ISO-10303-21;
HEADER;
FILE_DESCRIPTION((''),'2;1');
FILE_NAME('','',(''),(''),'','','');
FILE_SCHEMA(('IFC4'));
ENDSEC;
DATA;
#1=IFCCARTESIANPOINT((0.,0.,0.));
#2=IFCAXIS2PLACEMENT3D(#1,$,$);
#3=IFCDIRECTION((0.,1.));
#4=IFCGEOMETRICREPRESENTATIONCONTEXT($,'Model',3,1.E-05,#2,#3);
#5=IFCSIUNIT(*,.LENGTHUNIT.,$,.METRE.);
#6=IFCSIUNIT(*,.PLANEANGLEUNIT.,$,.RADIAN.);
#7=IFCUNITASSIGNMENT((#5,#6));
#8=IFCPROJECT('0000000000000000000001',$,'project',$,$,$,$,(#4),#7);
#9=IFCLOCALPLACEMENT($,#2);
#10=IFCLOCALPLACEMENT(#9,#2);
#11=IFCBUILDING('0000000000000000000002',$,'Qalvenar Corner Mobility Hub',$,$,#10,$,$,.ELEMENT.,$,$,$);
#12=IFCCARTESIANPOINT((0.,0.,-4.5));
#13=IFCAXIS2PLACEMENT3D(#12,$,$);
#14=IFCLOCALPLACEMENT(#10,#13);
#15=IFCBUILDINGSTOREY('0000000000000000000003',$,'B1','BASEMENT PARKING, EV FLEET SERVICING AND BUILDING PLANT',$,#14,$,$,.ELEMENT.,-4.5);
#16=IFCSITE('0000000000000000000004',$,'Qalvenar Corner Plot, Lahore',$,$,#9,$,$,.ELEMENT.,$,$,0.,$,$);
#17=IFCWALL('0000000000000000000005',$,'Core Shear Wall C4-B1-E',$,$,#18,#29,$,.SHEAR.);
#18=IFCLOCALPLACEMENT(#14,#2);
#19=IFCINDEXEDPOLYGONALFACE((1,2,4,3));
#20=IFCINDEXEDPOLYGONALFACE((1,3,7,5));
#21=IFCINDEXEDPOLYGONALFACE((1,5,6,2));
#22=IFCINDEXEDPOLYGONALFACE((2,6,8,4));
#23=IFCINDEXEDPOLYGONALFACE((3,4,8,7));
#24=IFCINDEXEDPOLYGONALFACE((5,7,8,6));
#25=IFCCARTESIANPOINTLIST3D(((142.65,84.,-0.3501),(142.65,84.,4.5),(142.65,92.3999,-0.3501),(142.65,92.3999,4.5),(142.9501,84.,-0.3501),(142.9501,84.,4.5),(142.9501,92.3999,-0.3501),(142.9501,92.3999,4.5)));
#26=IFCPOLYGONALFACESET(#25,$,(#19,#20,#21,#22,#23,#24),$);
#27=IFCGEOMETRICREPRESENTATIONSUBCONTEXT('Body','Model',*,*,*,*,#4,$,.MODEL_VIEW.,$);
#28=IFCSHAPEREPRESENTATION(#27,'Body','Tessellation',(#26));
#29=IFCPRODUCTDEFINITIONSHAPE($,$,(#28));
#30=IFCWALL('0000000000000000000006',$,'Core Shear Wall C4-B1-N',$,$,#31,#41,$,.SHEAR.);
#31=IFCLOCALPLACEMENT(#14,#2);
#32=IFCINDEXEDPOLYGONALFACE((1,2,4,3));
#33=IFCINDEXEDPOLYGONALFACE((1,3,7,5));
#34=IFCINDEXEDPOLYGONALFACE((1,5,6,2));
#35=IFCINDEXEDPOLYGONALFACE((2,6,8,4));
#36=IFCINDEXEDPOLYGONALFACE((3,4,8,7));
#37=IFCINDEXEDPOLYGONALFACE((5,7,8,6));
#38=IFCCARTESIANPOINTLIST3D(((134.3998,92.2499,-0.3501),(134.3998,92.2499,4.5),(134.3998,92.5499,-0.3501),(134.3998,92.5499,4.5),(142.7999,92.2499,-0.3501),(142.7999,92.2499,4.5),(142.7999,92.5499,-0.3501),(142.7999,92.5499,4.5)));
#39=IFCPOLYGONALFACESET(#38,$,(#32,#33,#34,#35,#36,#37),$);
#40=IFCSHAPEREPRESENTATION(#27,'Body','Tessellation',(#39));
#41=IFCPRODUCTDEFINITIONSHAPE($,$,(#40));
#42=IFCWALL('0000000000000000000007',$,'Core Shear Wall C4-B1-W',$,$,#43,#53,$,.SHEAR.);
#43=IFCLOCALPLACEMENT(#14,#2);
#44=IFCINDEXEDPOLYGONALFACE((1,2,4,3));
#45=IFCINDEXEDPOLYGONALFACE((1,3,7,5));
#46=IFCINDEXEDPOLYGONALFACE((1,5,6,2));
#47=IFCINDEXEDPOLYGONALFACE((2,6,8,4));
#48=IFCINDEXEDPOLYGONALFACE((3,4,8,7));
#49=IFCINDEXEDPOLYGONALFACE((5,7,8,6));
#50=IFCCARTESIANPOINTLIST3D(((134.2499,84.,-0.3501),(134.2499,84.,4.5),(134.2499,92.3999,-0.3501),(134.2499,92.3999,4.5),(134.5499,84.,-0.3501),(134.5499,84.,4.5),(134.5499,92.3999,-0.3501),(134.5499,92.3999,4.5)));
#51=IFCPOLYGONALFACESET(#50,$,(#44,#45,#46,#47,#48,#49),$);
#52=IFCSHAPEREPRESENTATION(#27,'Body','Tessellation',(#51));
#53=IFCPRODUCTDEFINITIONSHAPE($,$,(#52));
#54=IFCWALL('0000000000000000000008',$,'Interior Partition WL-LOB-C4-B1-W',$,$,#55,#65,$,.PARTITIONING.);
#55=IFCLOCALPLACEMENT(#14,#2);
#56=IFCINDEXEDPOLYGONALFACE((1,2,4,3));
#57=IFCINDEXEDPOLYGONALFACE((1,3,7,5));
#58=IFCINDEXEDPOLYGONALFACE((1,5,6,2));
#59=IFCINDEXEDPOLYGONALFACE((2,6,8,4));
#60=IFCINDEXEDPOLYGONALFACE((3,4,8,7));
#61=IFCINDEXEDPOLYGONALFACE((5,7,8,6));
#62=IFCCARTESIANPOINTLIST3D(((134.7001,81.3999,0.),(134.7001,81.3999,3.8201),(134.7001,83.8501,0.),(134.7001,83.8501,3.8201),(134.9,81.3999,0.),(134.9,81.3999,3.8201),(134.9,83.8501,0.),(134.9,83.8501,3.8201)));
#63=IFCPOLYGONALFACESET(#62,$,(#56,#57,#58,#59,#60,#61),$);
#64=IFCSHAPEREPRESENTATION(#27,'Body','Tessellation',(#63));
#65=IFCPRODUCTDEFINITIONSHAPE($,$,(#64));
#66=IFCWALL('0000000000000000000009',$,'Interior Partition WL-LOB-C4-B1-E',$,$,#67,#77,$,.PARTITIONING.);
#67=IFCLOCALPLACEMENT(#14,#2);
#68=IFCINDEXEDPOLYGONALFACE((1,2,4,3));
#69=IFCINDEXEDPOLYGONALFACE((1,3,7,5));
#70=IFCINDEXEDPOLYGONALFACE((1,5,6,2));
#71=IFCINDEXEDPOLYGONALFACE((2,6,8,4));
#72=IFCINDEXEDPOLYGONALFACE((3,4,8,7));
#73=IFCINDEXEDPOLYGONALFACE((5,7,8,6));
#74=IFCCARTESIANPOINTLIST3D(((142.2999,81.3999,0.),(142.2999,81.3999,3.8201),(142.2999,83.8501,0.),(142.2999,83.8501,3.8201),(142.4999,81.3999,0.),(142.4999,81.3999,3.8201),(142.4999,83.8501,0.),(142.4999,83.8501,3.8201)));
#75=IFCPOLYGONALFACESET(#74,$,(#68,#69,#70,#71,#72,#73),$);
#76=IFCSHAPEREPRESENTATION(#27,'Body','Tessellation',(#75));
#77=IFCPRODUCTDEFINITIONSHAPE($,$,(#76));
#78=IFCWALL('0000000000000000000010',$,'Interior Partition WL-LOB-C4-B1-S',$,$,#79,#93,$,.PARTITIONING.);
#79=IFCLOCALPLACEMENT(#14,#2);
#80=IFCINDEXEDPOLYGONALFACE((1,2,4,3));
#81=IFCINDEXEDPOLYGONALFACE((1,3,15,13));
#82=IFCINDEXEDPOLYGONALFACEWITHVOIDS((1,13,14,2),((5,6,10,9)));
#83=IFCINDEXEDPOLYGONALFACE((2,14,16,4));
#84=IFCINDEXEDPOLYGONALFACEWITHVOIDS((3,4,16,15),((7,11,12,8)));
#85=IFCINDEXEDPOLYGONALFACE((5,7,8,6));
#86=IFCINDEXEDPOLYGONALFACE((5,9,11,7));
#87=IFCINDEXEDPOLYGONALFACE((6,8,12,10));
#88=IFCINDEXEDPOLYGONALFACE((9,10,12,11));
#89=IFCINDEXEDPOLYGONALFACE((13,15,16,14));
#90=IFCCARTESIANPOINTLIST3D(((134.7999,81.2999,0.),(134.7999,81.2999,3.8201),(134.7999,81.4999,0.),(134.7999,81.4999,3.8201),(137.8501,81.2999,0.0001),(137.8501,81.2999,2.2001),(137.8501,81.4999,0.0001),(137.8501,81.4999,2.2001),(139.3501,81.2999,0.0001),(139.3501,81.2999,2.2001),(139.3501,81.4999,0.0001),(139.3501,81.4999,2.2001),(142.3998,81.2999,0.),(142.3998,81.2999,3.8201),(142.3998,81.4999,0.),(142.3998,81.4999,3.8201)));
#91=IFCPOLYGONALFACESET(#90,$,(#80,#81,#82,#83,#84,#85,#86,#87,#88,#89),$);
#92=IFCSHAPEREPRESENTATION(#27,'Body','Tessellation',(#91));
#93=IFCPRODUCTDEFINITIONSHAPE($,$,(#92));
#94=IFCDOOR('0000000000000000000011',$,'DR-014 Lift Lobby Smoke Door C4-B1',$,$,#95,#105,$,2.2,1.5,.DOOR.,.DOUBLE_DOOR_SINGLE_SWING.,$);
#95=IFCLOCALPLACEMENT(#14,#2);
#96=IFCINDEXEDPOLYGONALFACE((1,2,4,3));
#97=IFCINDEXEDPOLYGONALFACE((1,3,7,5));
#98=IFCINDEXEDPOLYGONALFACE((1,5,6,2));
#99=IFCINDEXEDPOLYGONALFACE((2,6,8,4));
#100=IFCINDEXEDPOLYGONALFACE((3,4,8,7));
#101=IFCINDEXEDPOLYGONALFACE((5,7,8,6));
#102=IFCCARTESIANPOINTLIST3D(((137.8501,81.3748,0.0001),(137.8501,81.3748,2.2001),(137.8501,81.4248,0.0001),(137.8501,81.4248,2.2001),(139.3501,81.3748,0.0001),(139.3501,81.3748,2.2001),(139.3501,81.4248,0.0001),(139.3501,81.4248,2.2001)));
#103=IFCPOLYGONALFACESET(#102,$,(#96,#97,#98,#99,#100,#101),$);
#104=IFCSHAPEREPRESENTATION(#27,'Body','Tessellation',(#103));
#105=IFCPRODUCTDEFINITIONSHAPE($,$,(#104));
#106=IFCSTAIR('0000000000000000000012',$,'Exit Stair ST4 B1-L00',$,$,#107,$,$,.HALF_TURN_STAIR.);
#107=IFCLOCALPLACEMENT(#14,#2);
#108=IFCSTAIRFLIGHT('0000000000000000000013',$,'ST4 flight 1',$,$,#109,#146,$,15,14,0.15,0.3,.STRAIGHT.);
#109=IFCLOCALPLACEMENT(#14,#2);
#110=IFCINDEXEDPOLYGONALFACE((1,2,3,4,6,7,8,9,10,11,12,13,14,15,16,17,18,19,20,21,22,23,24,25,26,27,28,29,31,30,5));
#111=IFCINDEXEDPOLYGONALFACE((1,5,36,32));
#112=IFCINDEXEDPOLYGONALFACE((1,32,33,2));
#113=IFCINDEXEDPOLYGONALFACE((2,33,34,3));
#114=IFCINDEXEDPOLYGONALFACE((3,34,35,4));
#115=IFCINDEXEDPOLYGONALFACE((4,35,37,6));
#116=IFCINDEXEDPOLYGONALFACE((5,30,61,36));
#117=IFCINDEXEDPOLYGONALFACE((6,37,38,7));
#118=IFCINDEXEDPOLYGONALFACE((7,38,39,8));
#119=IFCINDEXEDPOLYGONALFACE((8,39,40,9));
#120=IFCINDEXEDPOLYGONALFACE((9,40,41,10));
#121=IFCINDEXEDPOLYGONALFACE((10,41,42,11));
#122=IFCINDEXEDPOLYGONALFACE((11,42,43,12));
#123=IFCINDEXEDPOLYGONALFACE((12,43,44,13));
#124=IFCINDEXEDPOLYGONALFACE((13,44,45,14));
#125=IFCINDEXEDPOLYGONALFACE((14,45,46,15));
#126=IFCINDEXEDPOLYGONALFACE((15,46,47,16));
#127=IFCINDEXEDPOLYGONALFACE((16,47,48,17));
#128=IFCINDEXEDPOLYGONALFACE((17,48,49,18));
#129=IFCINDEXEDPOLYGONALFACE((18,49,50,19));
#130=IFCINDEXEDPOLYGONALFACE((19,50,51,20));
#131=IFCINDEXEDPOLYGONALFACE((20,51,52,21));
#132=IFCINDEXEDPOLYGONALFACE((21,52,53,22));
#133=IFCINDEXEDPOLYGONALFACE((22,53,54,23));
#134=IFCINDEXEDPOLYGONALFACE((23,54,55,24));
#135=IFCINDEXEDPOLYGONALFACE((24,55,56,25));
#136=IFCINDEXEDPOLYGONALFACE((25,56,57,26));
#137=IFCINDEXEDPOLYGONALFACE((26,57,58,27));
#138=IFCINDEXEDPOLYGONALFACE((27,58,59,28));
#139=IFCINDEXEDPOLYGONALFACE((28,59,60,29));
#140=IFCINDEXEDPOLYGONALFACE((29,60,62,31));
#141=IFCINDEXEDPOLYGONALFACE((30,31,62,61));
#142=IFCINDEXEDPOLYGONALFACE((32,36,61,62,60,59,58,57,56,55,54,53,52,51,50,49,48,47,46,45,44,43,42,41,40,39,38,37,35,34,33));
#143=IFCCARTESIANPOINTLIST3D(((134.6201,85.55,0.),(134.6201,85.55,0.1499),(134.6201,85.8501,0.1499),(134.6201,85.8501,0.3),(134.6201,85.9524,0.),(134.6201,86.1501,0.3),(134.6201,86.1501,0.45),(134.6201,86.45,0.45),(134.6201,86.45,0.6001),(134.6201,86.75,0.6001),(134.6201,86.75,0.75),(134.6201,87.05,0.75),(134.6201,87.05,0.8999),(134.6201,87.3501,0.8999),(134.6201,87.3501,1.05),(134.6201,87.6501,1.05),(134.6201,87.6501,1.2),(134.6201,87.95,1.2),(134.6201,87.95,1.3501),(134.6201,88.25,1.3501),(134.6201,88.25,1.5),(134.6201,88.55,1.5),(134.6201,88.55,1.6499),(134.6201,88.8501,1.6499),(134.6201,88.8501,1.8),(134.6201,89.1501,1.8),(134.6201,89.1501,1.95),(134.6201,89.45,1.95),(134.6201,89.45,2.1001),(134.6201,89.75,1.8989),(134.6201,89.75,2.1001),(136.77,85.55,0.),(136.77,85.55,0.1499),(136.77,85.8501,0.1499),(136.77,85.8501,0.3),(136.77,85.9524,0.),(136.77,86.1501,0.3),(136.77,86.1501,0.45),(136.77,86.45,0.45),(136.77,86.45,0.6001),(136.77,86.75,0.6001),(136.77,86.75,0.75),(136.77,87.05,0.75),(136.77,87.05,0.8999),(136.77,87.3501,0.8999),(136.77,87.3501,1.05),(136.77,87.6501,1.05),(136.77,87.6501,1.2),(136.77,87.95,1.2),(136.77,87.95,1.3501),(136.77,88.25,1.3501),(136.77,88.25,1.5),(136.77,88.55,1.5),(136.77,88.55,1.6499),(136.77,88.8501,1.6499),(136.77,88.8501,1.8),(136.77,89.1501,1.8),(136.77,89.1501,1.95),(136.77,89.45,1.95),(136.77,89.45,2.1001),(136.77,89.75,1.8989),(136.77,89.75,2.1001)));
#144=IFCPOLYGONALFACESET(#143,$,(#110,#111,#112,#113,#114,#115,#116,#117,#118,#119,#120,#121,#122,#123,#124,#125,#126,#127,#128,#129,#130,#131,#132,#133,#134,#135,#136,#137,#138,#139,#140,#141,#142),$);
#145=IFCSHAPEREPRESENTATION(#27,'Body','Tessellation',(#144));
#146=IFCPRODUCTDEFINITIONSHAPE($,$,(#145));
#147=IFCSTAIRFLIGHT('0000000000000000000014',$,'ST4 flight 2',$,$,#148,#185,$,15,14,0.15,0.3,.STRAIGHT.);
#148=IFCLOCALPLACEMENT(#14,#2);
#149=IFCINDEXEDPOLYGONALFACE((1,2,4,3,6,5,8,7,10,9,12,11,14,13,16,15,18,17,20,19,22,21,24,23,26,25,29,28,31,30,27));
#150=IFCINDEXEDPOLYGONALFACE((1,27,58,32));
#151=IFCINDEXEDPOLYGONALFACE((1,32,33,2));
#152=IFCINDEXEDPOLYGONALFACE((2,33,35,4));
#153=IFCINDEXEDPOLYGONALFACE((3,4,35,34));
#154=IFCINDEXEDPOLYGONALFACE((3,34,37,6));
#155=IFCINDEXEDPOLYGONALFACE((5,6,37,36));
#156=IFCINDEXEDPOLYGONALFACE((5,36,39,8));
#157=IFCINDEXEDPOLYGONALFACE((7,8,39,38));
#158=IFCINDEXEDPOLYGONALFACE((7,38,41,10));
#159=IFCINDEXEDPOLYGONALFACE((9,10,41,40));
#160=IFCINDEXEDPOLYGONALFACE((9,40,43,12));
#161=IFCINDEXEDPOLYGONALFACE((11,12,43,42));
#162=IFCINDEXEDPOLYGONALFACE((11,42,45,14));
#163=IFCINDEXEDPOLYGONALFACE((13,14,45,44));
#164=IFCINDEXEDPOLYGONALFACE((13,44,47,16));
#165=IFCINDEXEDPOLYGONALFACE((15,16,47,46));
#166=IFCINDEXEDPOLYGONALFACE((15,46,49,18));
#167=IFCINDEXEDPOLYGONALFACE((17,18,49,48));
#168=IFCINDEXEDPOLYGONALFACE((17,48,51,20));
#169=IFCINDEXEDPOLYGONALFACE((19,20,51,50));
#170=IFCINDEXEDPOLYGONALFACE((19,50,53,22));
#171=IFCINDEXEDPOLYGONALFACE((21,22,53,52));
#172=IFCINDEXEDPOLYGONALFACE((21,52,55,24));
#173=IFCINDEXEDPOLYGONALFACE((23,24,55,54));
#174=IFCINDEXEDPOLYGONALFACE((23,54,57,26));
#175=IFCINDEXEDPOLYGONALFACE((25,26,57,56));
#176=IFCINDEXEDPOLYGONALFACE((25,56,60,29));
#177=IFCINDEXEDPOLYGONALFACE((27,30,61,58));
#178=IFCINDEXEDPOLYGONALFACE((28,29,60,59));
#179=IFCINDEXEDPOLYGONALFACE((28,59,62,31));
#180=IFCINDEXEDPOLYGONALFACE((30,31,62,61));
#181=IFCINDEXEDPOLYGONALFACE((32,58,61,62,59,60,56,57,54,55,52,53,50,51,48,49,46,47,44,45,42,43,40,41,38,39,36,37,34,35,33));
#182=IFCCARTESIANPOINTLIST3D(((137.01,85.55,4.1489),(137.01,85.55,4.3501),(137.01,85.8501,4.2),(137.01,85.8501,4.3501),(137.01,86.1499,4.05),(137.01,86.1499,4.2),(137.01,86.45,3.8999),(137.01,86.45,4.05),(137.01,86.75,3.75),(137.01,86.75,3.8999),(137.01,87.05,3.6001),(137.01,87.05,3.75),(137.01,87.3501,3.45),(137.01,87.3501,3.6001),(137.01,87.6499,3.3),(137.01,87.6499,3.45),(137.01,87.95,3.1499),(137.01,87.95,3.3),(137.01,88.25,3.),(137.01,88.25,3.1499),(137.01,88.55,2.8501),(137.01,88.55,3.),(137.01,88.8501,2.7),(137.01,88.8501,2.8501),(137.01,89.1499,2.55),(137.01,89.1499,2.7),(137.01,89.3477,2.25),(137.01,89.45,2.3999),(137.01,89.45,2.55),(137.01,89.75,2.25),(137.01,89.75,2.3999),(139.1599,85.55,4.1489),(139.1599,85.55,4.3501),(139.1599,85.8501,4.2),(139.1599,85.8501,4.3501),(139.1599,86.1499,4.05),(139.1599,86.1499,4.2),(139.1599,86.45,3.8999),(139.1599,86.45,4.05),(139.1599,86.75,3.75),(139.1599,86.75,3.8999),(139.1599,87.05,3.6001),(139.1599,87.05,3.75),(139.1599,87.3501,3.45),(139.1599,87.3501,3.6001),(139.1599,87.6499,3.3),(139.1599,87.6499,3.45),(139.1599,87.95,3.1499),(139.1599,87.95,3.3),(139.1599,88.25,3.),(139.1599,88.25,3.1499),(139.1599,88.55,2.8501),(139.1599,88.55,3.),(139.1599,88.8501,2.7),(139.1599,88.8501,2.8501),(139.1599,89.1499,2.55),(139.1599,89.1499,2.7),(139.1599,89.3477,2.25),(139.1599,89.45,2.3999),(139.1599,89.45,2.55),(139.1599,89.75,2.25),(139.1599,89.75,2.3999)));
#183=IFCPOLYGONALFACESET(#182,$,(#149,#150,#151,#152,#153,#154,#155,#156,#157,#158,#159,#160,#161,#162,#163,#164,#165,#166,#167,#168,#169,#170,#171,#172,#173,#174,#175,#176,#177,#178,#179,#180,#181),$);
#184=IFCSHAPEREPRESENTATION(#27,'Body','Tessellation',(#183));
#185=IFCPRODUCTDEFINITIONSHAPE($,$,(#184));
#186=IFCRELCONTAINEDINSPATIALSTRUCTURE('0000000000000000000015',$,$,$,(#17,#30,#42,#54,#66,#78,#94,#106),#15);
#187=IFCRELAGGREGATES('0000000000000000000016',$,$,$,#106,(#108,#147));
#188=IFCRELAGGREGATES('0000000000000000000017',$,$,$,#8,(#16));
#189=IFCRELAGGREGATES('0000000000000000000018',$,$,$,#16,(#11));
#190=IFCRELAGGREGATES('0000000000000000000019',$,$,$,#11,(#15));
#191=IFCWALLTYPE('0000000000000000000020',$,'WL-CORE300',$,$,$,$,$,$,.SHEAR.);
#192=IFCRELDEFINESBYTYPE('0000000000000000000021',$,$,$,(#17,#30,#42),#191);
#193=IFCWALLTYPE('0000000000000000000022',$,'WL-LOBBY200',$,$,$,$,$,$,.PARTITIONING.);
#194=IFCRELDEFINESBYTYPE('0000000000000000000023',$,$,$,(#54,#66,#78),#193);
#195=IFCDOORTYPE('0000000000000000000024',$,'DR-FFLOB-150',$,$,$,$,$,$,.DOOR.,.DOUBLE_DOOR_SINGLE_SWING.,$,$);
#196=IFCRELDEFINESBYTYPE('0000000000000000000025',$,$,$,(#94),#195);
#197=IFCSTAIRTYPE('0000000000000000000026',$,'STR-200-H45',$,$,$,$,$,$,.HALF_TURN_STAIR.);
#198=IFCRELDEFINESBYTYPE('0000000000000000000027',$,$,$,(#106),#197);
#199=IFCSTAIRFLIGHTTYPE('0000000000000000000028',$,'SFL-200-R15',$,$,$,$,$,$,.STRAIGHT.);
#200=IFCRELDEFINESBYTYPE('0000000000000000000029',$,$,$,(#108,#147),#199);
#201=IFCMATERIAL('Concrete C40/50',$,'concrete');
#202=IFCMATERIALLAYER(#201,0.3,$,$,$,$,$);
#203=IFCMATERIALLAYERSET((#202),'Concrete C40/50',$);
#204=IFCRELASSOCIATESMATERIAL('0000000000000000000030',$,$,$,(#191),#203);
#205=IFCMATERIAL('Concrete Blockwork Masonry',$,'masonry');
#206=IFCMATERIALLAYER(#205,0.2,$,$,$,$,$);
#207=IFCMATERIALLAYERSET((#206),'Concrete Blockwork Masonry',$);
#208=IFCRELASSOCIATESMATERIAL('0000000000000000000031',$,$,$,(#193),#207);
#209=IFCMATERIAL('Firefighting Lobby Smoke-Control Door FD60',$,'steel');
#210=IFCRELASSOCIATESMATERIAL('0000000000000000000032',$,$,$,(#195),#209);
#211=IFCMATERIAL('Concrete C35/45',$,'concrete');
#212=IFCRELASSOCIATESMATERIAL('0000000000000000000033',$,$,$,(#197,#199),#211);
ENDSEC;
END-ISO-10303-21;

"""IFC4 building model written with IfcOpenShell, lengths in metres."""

from ifc_helpers import new_model, si_unit, direction, frame, frame_2d, origin, place, context, subcontext, project, spatial, polyline, rectangle, outline, extrude, material, layer, layer_set, type_object, element, fill, aggregate, save


model = new_model("IFC4")

# Units and contexts
model_context = context("Model", 3, precision=1e-05, world=origin(), true_north=direction((0.0, 1.0)))
body_context = subcontext(model_context, "Body", "Model", "MODEL_VIEW")
ifc_project = project(units=[si_unit("LENGTHUNIT", "METRE"), si_unit("PLANEANGLEUNIT", "RADIAN")], contexts=[model_context])

# Site, building, storey
site_placement = place(None, origin())
site = spatial("IfcSite", under=ifc_project, at=site_placement, Name="Qalvenar Corner Plot, Lahore", CompositionType="ELEMENT", RefElevation=0.0)
building_placement = place(site_placement, origin())
building = spatial("IfcBuilding", under=site, at=building_placement, Name="Qalvenar Corner Mobility Hub", CompositionType="ELEMENT")
storey_placement = place(building_placement, frame((0.0, 0.0, -4.5)))
storey = spatial("IfcBuildingStorey", under=building, at=storey_placement, Name="B1", Description="BASEMENT PARKING, EV FLEET SERVICING AND BUILDING PLANT", CompositionType="ELEMENT", Elevation=-4.5)

# Shared definitions
ifc_material_1 = material(Name="Concrete C40/50", Category="concrete")

# Shared definitions
ifc_layer_1 = layer(ifc_material_1, 0.3)
ifc_layer_set_1 = layer_set([ifc_layer_1], Name="Concrete C40/50")
wall_type_1 = type_object("IfcWallType", Name="WL-CORE300", PredefinedType="SHEAR", material=ifc_layer_set_1)

# Walls
wall_1_placement = place(storey_placement, frame((142.8, 84.0, -0.3501), z_axis=(0.0, 0.0, 1.0), x_axis=(0.0, 1.0, 0.0)))
element("IfcWall", 1, at=wall_1_placement, inside=storey, type_object=wall_type_1, Name="Core Shear Wall C4-B1-E", PredefinedType="SHEAR", context=body_context, shape_type="SweptSolid", body=[
    extrude(rectangle(XDim=8.3999, YDim=0.3, at=frame_2d((4.2, 0.0))), origin(), (0.0, 0.0, 1.0), 4.8501),
])
wall_2_placement = place(storey_placement, frame((142.8, 92.3999, -0.3501), z_axis=(0.0, 0.0, 1.0), x_axis=(-1.0, 0.0, 0.0)))
element("IfcWall", 2, at=wall_2_placement, inside=storey, type_object=wall_type_1, Name="Core Shear Wall C4-B1-N", PredefinedType="SHEAR", context=body_context, shape_type="SweptSolid", body=[
    extrude(rectangle(XDim=8.4001, YDim=0.3, at=frame_2d((4.2002, 0.0))), origin(), (0.0, 0.0, 1.0), 4.8501),
])
wall_3_placement = place(storey_placement, frame((134.3999, 92.3999, -0.3501), z_axis=(0.0, 0.0, 1.0), x_axis=(0.0, -1.0, 0.0)))
element("IfcWall", 3, at=wall_3_placement, inside=storey, type_object=wall_type_1, Name="Core Shear Wall C4-B1-W", PredefinedType="SHEAR", context=body_context, shape_type="SweptSolid", body=[
    extrude(rectangle(XDim=8.3999, YDim=0.3, at=frame_2d((4.2, 0.0))), origin(), (0.0, 0.0, 1.0), 4.8501),
])
ifc_material_2 = material(Name="Concrete Blockwork Masonry", Category="masonry")
ifc_layer_2 = layer(ifc_material_2, 0.2)
ifc_layer_set_2 = layer_set([ifc_layer_2], Name="Concrete Blockwork Masonry")
wall_type_2 = type_object("IfcWallType", Name="WL-LOBBY200", PredefinedType="PARTITIONING", material=ifc_layer_set_2)
for number, where, z_axis, x_axis, name in (
    (4, (134.8, 81.3999, 0.0), (0.0, 0.0, 1.0), (0.0, 1.0, 0.0), "Interior Partition WL-LOB-C4-B1-W"),
    (5, (142.3999, 81.3999, 0.0), (0.0, 0.0, 1.0), (0.0, 1.0, 0.0), "Interior Partition WL-LOB-C4-B1-E"),
):
    element("IfcWall", number, at=place(storey_placement, frame(where, z_axis=z_axis, x_axis=x_axis)), inside=storey, type_object=wall_type_2, Name=name, PredefinedType="PARTITIONING", context=body_context, shape_type="SweptSolid", body=[
        extrude(rectangle(XDim=2.4502, YDim=0.2, at=frame_2d((1.2251, 0.0))), origin(), (0.0, 0.0, 1.0), 3.8201),
    ])

# Wall, opening, door
wall_4_placement = place(storey_placement, frame((134.8, 81.3999, 0.0), z_axis=(0.0, 0.0, 1.0), x_axis=(1.0, 0.0, 0.0)))
wall_4 = element("IfcWall", 6, at=wall_4_placement, inside=storey, type_object=wall_type_2, Name="Interior Partition WL-LOB-C4-B1-S", PredefinedType="PARTITIONING", context=body_context, shape_type="SweptSolid", body=[
    extrude(rectangle(XDim=7.5999, YDim=0.2, at=frame_2d((3.7998, 0.0))), origin(), (0.0, 0.0, 1.0), 3.8201),
])
opening_1_placement = place(wall_4_placement, frame((3.05, 0.0, 0.0)))
opening_1 = element("IfcOpeningElement", 7, at=opening_1_placement, cuts=wall_4, PredefinedType="OPENING", context=body_context, shape_type="SweptSolid", body=[
    extrude(rectangle(XDim=1.5, YDim=2.2, at=frame_2d((0.75, 1.1001))), frame((0.0, 0.1099, 0.0), z_axis=(0.0, -1.0, 0.0), x_axis=(1.0, 0.0, 0.0)), (0.0, 0.0, 1.0), 0.22),
])
ifc_material_3 = material(Name="Firefighting Lobby Smoke-Control Door FD60", Category="steel")
door_type_1 = type_object("IfcDoorType", Name="DR-FFLOB-150", OperationType="DOUBLE_DOOR_SINGLE_SWING", PredefinedType="DOOR", material=ifc_material_3)
door_1_placement = place(opening_1_placement, origin())
door_1 = element("IfcDoor", 8, at=door_1_placement, inside=storey, type_object=door_type_1, Name="DR-014 Lift Lobby Smoke Door C4-B1", OperationType="DOUBLE_DOOR_SINGLE_SWING", OverallHeight=2.2, OverallWidth=1.5, PredefinedType="DOOR", context=body_context, shape_type="SweptSolid", body=[
    extrude(rectangle(XDim=1.5, YDim=2.2, at=frame_2d((0.75, 1.1001))), frame((0.0, 0.0249, 0.0), z_axis=(0.0, -1.0, 0.0), x_axis=(1.0, 0.0, 0.0)), (0.0, 0.0, 1.0), 0.05),
])
fill(opening_1, door_1)

# Stair, stair flights
ifc_material_4 = material(Name="Concrete C35/45", Category="concrete")
stair_type = type_object("IfcStairType", Name="STR-200-H45", PredefinedType="HALF_TURN_STAIR", material=ifc_material_4)
stair_placement = place(storey_placement, origin())
stair = element("IfcStair", 9, at=stair_placement, inside=storey, type_object=stair_type, Name="Exit Stair ST4 B1-L00", PredefinedType="HALF_TURN_STAIR")
stair_flight_type = type_object("IfcStairFlightType", Name="SFL-200-R15", PredefinedType="STRAIGHT", material=ifc_material_4)
stair_flight_1_placement = place(storey_placement, frame((135.6951, 85.55, 0.0), z_axis=(0.0, 0.0, 1.0), x_axis=(0.0, 1.0, 0.0)))
stair_flight_1 = element("IfcStairFlight", 10, at=stair_flight_1_placement, type_object=stair_flight_type, Name="ST4 flight 1", NumberOfRisers=15, NumberOfTreads=14, PredefinedType="STRAIGHT", RiserHeight=0.15, TreadLength=0.3, context=body_context, shape_type="SweptSolid", body=[
    extrude(outline(polyline([(0.0, 0.0), (0.0, 0.1499), (0.3, 0.1499), (0.3, 0.3), (0.6001, 0.3), (0.6001, 0.45), (0.8999, 0.45), (0.8999, 0.6001), (1.2, 0.6001), (1.2, 0.75), (1.5, 0.75), (1.5, 0.8999), (1.8, 0.8999), (1.8, 1.05), (2.1001, 1.05), (2.1001, 1.2), (2.3999, 1.2), (2.3999, 1.3501), (2.7, 1.3501), (2.7, 1.5), (3.0, 1.5), (3.0, 1.6499), (3.3, 1.6499), (3.3, 1.8), (3.6001, 1.8), (3.6001, 1.95), (3.8999, 1.95), (3.8999, 2.1001), (4.2, 2.1001), (4.2, 2.25), (4.2, 1.8989), (0.4023, 0.0), (0.0, 0.0)])), frame((0.0, 1.075, 0.0), z_axis=(0.0, -1.0, 0.0), x_axis=(1.0, 0.0, 0.0)), (0.0, 0.0, 1.0), 2.1499),
])
stair_flight_2_placement = place(storey_placement, frame((138.085, 89.75, 2.25), z_axis=(0.0, 0.0, 1.0), x_axis=(0.0, -1.0, 0.0)))
stair_flight_2 = element("IfcStairFlight", 11, at=stair_flight_2_placement, type_object=stair_flight_type, Name="ST4 flight 2", NumberOfRisers=15, NumberOfTreads=14, PredefinedType="STRAIGHT", RiserHeight=0.15, TreadLength=0.3, context=body_context, shape_type="SweptSolid", body=[
    extrude(outline(polyline([(0.0, 0.0), (0.0, 0.1499), (0.3, 0.1499), (0.3, 0.3), (0.6001, 0.3), (0.6001, 0.45), (0.8999, 0.45), (0.8999, 0.6001), (1.2, 0.6001), (1.2, 0.75), (1.5, 0.75), (1.5, 0.8999), (1.8, 0.8999), (1.8, 1.05), (2.1001, 1.05), (2.1001, 1.2), (2.3999, 1.2), (2.3999, 1.3501), (2.7, 1.3501), (2.7, 1.5), (3.0, 1.5), (3.0, 1.6499), (3.3, 1.6499), (3.3, 1.8), (3.6001, 1.8), (3.6001, 1.95), (3.8999, 1.95), (3.8999, 2.1001), (4.2, 2.1001), (4.2, 2.25), (4.2, 1.8989), (0.4023, 0.0), (0.0, 0.0)])), frame((0.0, 1.075, 0.0), z_axis=(0.0, -1.0, 0.0), x_axis=(1.0, 0.0, 0.0)), (0.0, 0.0, 1.0), 2.1499),
])
aggregate(stair, [stair_flight_1, stair_flight_2])

save(model, "model.ifc")
